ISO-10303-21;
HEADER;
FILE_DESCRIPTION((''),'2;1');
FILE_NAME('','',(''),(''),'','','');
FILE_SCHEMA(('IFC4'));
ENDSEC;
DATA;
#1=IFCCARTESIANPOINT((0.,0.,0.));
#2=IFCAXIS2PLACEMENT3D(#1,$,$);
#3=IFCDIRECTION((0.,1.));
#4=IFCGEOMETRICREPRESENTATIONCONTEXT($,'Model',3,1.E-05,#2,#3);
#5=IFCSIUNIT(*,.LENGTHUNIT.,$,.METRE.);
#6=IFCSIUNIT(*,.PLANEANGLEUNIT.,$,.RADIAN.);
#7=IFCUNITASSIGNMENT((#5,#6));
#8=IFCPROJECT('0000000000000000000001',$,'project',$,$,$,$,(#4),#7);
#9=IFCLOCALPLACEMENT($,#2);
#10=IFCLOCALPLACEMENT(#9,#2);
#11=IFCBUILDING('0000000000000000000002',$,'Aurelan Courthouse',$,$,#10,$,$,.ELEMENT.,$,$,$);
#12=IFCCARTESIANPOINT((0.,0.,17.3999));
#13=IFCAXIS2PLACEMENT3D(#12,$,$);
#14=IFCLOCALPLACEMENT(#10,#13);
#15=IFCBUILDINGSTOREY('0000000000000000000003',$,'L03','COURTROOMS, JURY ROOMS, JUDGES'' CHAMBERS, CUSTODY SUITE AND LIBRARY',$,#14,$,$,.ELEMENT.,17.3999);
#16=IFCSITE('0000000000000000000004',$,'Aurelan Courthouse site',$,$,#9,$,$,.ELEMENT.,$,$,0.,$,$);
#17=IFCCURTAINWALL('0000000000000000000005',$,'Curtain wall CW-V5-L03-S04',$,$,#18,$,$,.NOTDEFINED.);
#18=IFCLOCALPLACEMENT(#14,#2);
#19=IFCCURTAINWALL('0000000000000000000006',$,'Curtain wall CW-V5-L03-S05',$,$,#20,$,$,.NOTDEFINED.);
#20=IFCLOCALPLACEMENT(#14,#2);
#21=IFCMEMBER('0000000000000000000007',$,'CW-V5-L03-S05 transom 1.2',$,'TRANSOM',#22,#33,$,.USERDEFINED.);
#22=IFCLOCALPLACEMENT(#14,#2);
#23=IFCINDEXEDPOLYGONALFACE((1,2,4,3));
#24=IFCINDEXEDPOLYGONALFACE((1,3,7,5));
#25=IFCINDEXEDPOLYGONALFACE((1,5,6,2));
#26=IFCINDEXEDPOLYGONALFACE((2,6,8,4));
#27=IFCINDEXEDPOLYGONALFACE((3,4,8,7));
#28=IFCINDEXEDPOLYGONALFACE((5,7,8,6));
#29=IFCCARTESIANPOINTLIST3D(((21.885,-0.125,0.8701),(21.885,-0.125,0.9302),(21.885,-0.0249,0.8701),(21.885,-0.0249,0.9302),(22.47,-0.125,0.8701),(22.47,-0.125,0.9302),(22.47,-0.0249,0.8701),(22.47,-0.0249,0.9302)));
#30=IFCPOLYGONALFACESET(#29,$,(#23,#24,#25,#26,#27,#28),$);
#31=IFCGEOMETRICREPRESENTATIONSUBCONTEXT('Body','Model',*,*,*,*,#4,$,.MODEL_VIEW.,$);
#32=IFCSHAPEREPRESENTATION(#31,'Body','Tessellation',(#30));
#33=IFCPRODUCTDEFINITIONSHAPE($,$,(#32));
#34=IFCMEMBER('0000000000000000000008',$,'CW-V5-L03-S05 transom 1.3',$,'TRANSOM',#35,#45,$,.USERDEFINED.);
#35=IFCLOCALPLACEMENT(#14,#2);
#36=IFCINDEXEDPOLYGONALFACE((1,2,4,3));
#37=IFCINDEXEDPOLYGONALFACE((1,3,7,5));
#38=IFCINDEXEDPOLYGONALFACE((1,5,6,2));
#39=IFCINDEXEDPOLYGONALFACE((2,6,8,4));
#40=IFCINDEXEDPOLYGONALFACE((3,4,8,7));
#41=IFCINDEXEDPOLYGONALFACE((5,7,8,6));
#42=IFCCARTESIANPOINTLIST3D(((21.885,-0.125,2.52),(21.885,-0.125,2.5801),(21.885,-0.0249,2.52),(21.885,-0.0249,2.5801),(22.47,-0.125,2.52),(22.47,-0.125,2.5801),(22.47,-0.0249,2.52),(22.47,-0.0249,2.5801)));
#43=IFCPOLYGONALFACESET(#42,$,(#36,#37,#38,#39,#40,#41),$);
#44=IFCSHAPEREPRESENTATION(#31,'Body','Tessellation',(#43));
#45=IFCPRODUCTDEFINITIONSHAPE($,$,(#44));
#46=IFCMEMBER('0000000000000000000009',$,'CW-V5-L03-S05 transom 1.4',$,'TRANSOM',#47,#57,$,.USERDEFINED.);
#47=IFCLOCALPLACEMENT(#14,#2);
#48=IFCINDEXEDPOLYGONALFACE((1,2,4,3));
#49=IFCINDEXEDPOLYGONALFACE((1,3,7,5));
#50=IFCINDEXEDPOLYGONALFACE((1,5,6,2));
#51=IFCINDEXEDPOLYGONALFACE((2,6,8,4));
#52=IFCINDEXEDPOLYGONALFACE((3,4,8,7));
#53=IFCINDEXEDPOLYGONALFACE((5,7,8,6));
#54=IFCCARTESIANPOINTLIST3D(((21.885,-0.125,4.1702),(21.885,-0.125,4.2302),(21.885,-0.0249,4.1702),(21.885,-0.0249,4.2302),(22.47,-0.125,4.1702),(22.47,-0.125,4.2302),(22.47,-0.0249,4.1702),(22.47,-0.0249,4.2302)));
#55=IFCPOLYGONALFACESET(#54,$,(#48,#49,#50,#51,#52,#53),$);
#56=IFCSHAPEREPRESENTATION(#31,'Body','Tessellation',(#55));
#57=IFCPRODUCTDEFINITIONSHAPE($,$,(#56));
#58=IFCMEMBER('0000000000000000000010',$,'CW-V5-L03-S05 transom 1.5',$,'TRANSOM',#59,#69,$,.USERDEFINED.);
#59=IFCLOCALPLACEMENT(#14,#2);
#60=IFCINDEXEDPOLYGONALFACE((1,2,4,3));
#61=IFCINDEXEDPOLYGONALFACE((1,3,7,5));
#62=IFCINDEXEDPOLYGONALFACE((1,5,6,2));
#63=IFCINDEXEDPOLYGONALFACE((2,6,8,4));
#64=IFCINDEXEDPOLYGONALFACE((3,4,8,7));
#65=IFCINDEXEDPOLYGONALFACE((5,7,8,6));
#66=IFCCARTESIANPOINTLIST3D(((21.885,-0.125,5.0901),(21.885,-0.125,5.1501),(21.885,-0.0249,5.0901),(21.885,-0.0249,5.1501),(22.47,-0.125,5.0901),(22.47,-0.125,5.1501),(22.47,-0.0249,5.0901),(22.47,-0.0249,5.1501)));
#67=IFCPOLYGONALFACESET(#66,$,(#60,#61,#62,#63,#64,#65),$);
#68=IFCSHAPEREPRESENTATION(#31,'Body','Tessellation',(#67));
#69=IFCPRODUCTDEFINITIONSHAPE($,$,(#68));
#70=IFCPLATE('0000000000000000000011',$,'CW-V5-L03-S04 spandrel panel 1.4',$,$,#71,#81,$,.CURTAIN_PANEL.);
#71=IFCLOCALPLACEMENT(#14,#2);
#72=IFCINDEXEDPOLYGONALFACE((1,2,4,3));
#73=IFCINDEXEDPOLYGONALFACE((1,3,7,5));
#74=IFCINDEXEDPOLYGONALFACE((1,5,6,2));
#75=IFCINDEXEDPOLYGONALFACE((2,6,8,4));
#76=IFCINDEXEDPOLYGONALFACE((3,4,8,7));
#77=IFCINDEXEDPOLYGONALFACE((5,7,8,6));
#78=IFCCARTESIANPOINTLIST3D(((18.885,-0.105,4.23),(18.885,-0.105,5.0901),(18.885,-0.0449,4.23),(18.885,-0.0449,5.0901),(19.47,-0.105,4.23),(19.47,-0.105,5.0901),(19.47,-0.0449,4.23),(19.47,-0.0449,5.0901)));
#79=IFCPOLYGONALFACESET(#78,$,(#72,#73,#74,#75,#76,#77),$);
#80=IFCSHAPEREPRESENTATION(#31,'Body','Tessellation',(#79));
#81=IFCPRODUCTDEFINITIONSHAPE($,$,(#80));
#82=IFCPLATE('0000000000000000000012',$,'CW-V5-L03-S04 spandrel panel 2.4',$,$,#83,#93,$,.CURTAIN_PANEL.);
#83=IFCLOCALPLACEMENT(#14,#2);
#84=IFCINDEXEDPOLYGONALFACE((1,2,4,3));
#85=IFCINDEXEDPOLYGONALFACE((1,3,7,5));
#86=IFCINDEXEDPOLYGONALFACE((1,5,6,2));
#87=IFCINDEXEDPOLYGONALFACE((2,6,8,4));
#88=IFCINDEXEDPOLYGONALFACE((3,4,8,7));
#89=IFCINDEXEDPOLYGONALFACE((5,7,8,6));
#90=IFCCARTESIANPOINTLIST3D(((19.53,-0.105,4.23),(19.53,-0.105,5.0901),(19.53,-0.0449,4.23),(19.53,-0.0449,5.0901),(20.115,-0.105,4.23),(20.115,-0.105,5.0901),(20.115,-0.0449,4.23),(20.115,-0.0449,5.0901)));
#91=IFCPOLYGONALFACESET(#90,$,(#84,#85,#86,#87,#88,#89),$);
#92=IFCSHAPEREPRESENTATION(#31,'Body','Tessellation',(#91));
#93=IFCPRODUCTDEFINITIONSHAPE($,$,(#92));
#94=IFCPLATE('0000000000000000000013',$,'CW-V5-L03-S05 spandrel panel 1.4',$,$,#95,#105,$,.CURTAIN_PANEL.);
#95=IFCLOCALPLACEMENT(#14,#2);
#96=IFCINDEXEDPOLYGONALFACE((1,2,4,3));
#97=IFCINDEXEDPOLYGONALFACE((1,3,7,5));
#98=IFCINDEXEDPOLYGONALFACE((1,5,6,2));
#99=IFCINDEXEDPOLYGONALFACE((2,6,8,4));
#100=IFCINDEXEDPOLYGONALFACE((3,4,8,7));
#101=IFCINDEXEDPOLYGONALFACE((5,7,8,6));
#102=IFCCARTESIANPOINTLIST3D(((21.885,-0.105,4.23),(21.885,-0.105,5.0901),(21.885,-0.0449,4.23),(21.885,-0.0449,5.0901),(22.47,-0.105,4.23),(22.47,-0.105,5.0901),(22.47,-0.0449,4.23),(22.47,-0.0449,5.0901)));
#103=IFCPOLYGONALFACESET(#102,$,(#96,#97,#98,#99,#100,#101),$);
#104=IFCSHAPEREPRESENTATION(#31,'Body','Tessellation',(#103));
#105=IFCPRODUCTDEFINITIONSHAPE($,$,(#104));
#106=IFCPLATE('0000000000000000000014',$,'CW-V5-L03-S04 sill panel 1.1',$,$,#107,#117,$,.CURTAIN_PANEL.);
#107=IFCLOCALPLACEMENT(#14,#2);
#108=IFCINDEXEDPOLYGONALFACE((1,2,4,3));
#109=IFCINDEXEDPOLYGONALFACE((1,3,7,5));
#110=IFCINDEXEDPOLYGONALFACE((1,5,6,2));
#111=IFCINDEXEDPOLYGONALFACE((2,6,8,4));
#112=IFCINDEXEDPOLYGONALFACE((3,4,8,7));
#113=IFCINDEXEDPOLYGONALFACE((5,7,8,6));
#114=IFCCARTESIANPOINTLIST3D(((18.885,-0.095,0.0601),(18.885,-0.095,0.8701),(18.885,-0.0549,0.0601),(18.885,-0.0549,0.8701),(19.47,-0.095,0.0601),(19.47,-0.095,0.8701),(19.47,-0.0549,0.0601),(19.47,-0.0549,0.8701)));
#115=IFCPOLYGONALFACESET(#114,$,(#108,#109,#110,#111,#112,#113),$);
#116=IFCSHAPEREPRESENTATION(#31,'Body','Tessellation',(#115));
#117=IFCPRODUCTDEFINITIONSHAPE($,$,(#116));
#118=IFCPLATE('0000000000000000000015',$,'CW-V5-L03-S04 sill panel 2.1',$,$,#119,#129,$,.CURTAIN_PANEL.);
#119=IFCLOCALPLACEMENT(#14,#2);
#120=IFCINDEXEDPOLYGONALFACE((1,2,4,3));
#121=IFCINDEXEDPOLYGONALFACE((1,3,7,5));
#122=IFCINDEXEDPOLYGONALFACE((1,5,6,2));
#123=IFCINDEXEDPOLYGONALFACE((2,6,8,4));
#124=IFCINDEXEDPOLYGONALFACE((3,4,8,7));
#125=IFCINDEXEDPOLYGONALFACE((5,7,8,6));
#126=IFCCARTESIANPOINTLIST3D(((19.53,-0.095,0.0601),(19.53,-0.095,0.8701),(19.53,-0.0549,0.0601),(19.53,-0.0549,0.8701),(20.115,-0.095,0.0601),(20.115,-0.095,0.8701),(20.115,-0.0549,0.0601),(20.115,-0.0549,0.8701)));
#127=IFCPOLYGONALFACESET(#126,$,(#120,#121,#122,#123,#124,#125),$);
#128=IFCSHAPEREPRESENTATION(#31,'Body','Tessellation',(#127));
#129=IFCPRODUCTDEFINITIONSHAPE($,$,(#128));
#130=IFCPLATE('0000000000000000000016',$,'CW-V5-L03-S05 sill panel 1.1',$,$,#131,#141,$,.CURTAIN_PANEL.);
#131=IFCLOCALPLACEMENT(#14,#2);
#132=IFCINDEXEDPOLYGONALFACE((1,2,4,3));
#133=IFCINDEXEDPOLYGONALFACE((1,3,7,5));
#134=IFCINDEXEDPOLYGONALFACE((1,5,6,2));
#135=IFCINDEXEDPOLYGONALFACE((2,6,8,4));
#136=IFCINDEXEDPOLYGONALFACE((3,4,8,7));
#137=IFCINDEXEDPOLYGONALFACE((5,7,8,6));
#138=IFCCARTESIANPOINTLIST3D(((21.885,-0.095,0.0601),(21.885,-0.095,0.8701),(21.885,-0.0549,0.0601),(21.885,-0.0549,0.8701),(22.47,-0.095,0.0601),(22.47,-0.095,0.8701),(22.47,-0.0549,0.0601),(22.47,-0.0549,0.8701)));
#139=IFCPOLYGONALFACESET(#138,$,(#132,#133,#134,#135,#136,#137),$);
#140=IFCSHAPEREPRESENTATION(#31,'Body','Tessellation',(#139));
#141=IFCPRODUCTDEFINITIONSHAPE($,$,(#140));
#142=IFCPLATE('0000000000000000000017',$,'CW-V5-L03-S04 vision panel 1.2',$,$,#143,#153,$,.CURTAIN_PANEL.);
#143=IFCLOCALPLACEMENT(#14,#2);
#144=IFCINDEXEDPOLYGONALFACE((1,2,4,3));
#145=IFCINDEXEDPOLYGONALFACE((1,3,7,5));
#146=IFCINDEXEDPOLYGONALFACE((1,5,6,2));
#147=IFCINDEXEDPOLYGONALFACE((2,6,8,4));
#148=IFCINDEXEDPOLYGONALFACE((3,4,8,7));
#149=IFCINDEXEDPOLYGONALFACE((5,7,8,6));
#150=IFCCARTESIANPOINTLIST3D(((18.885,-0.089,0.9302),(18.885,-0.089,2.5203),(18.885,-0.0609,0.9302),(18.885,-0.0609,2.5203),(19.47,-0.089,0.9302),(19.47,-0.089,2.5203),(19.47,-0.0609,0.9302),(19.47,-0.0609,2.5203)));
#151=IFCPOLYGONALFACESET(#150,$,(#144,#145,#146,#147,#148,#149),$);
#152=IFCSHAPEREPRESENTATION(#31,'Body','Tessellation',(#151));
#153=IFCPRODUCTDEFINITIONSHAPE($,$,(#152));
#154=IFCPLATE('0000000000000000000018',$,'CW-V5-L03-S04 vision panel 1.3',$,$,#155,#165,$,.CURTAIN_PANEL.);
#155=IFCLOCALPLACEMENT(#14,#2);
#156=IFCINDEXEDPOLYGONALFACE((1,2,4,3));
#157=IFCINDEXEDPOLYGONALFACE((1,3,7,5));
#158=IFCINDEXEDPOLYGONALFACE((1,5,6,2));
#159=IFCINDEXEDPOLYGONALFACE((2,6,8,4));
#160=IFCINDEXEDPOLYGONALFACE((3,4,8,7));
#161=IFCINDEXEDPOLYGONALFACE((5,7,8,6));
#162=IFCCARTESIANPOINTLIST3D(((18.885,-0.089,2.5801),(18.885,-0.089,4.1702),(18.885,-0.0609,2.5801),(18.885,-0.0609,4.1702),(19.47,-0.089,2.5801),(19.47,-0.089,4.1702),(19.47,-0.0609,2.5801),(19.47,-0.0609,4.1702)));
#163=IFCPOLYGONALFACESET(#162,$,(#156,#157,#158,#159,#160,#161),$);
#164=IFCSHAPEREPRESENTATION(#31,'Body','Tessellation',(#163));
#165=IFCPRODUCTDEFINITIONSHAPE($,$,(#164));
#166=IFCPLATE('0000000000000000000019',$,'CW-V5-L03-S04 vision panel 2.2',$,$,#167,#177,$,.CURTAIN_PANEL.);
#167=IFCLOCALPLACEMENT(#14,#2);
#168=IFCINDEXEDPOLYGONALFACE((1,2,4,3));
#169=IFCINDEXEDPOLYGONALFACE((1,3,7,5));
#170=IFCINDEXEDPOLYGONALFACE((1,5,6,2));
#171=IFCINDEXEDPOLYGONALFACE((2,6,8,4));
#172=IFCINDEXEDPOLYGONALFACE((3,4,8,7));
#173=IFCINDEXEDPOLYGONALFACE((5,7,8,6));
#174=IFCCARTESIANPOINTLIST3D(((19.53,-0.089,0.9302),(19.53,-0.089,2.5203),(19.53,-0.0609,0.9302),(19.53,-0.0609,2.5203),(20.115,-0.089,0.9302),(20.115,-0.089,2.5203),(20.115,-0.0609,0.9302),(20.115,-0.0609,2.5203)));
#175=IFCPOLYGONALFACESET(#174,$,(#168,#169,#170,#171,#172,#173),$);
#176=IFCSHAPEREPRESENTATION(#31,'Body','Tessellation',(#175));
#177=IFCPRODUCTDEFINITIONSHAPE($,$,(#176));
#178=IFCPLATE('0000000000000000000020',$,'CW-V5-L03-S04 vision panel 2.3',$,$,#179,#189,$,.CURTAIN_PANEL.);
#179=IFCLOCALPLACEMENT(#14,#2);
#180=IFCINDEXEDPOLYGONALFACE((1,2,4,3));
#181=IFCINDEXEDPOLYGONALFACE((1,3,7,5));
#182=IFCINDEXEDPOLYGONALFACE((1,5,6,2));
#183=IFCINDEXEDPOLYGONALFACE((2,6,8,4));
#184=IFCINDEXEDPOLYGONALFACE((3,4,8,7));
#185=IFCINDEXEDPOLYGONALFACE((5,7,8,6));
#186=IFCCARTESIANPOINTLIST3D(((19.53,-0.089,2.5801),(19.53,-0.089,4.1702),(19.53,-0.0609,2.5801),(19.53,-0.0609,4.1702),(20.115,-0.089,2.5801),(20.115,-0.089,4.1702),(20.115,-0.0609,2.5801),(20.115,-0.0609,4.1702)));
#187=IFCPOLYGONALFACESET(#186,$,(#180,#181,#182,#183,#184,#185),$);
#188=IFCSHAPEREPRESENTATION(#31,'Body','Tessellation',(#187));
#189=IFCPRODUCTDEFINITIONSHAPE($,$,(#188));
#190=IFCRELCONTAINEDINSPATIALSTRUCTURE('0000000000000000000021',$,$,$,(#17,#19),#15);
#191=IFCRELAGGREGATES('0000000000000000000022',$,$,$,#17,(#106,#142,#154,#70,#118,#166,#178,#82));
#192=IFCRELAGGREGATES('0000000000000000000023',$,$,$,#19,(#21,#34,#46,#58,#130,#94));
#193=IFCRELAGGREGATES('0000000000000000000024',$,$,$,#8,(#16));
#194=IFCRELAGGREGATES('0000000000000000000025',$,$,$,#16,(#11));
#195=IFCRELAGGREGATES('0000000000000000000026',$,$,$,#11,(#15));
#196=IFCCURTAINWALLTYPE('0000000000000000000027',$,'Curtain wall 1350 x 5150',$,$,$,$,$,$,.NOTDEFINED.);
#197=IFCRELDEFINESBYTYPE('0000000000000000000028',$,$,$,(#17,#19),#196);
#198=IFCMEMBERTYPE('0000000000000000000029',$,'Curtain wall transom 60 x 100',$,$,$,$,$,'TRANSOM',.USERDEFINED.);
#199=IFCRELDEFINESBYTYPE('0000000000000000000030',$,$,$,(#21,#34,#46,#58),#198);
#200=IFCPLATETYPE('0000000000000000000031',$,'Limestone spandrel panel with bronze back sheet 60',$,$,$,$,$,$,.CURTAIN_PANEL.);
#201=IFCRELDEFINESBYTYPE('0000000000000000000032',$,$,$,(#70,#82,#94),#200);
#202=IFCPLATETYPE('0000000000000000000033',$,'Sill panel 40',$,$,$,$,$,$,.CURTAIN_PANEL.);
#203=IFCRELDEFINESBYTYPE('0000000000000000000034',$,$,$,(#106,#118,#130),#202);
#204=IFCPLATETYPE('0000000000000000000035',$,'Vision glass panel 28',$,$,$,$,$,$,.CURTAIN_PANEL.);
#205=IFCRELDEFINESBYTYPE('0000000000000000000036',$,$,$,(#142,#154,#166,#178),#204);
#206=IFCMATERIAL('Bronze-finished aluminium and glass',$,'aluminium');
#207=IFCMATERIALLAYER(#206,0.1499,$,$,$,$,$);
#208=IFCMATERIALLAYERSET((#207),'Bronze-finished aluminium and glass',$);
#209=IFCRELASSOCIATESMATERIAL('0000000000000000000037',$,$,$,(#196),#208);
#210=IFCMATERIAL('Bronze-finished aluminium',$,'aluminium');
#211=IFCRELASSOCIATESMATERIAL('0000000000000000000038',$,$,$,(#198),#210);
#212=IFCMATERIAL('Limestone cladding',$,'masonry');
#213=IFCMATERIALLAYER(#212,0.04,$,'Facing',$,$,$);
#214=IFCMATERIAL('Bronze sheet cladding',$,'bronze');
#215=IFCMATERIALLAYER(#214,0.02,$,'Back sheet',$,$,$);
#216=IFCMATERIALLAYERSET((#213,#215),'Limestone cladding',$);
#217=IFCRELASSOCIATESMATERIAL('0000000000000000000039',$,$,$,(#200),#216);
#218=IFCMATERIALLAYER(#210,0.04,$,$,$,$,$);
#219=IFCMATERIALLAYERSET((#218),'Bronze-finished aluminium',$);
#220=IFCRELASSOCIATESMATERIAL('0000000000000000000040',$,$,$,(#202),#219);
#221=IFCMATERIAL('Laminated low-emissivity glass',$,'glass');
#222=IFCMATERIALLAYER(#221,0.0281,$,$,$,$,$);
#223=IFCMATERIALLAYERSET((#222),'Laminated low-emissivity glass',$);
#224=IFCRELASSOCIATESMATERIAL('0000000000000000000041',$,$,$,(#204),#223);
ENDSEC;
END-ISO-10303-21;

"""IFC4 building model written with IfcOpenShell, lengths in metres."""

from ifc_helpers import new_model, si_unit, direction, frame, origin, origin_2d, place, context, subcontext, project, spatial, rectangle, extrude, material, layer, layer_set, material_profile, profile_set, type_object, element, aggregate, save


model = new_model("IFC4")

# Units and contexts
model_context = context("Model", 3, precision=1e-05, world=origin(), true_north=direction((0.0, 1.0)))
body_context = subcontext(model_context, "Body", "Model", "MODEL_VIEW")
ifc_project = project(units=[si_unit("LENGTHUNIT", "METRE"), si_unit("PLANEANGLEUNIT", "RADIAN")], contexts=[model_context])

# Site, building, storey
site_placement = place(None, origin())
site = spatial("IfcSite", under=ifc_project, at=site_placement, Name="Aurelan Courthouse site", CompositionType="ELEMENT", RefElevation=0.0)
building_placement = place(site_placement, origin())
building = spatial("IfcBuilding", under=site, at=building_placement, Name="Aurelan Courthouse", CompositionType="ELEMENT")
storey_placement = place(building_placement, frame((0.0, 0.0, 17.3999)))
storey = spatial("IfcBuildingStorey", under=building, at=storey_placement, Name="L03", Description="COURTROOMS, JURY ROOMS, JUDGES' CHAMBERS, CUSTODY SUITE AND LIBRARY", CompositionType="ELEMENT", Elevation=17.3999)

# Curtain walls
ifc_material_1 = material(Name="Bronze-finished aluminium and glass", Category="aluminium")
ifc_layer_1 = layer(ifc_material_1, 0.1499)
ifc_layer_set_1 = layer_set([ifc_layer_1], Name="Bronze-finished aluminium and glass")
curtain_wall_type = type_object("IfcCurtainWallType", Name="Curtain wall 1350 x 5150", PredefinedType="NOTDEFINED", material=ifc_layer_set_1)
curtain_wall_1_placement = place(storey_placement, origin())
curtain_wall_1 = element("IfcCurtainWall", 1, at=curtain_wall_1_placement, inside=storey, type_object=curtain_wall_type, Name="Curtain wall CW-V5-L03-S04", PredefinedType="NOTDEFINED")
ifc_material_2 = material(Name="Bronze-finished aluminium", Category="aluminium")
curtain_wall_2_placement = place(storey_placement, origin())
curtain_wall_2 = element("IfcCurtainWall", 2, at=curtain_wall_2_placement, inside=storey, type_object=curtain_wall_type, Name="Curtain wall CW-V5-L03-S05", PredefinedType="NOTDEFINED")

# Members
ifc_material_profile_1 = material_profile(ifc_material_2, rectangle(XDim=0.1001, YDim=0.0601, at=origin_2d()), Name="Bronze transom 60 x 100")
ifc_profile_set_1 = profile_set([ifc_material_profile_1], Name="Bronze-finished aluminium")
member_type_1 = type_object("IfcMemberType", Name="Curtain wall transom 60 x 100", ElementType="TRANSOM", PredefinedType="USERDEFINED", material=ifc_profile_set_1)
member_1_placement = place(storey_placement, frame((21.885, -0.075, 0.9001), z_axis=(1.0, 0.0, 0.0), x_axis=(0.0, 1.0, 0.0)))
member_1 = element("IfcMember", 3, at=member_1_placement, type_object=member_type_1, Name="CW-V5-L03-S05 transom 1.2", ObjectType="TRANSOM", PredefinedType="USERDEFINED", context=body_context, shape_type="SweptSolid", body=[
    extrude(rectangle(XDim=0.1001, YDim=0.0601, at=origin_2d()), origin(), (0.0, 0.0, 1.0), 0.585),
])
member_2_placement = place(storey_placement, frame((21.885, -0.075, 2.55), z_axis=(1.0, 0.0, 0.0), x_axis=(0.0, 1.0, 0.0)))
member_2 = element("IfcMember", 4, at=member_2_placement, type_object=member_type_1, Name="CW-V5-L03-S05 transom 1.3", ObjectType="TRANSOM", PredefinedType="USERDEFINED", context=body_context, shape_type="SweptSolid", body=[
    extrude(rectangle(XDim=0.1001, YDim=0.0601, at=origin_2d()), origin(), (0.0, 0.0, 1.0), 0.585),
])
member_3_placement = place(storey_placement, frame((21.885, -0.075, 4.2002), z_axis=(1.0, 0.0, 0.0), x_axis=(0.0, 1.0, 0.0)))
member_3 = element("IfcMember", 5, at=member_3_placement, type_object=member_type_1, Name="CW-V5-L03-S05 transom 1.4", ObjectType="TRANSOM", PredefinedType="USERDEFINED", context=body_context, shape_type="SweptSolid", body=[
    extrude(rectangle(XDim=0.1001, YDim=0.0601, at=origin_2d()), origin(), (0.0, 0.0, 1.0), 0.585),
])
member_4_placement = place(storey_placement, frame((21.885, -0.075, 5.1201), z_axis=(1.0, 0.0, 0.0), x_axis=(0.0, 1.0, 0.0)))
member_4 = element("IfcMember", 6, at=member_4_placement, type_object=member_type_1, Name="CW-V5-L03-S05 transom 1.5", ObjectType="TRANSOM", PredefinedType="USERDEFINED", context=body_context, shape_type="SweptSolid", body=[
    extrude(rectangle(XDim=0.1001, YDim=0.0601, at=origin_2d()), origin(), (0.0, 0.0, 1.0), 0.585),
])

# Plates
ifc_material_3 = material(Name="Limestone cladding", Category="masonry")
ifc_layer_2 = layer(ifc_material_3, 0.04, Name="Facing")
ifc_material_4 = material(Name="Bronze sheet cladding", Category="bronze")
ifc_layer_3 = layer(ifc_material_4, 0.02, Name="Back sheet")
ifc_layer_set_2 = layer_set([ifc_layer_2, ifc_layer_3], Name="Limestone cladding")
plate_type_1 = type_object("IfcPlateType", Name="Limestone spandrel panel with bronze back sheet 60", PredefinedType="CURTAIN_PANEL", material=ifc_layer_set_2)
plate_1_placement = place(storey_placement, frame((19.1775, -0.075, 4.23), z_axis=(0.0, 0.0, 1.0), x_axis=(1.0, 0.0, 0.0)))
plate_1 = element("IfcPlate", 7, at=plate_1_placement, type_object=plate_type_1, Name="CW-V5-L03-S04 spandrel panel 1.4", PredefinedType="CURTAIN_PANEL", context=body_context, shape_type="SweptSolid", body=[
    extrude(rectangle(XDim=0.585, YDim=0.0601, at=origin_2d()), origin(), (0.0, 0.0, 1.0), 0.8601),
])
plate_2_placement = place(storey_placement, frame((19.8225, -0.075, 4.23), z_axis=(0.0, 0.0, 1.0), x_axis=(1.0, 0.0, 0.0)))
plate_2 = element("IfcPlate", 8, at=plate_2_placement, type_object=plate_type_1, Name="CW-V5-L03-S04 spandrel panel 2.4", PredefinedType="CURTAIN_PANEL", context=body_context, shape_type="SweptSolid", body=[
    extrude(rectangle(XDim=0.585, YDim=0.0601, at=origin_2d()), origin(), (0.0, 0.0, 1.0), 0.8601),
])
plate_3_placement = place(storey_placement, frame((22.1775, -0.075, 4.23), z_axis=(0.0, 0.0, 1.0), x_axis=(1.0, 0.0, 0.0)))
plate_3 = element("IfcPlate", 9, at=plate_3_placement, type_object=plate_type_1, Name="CW-V5-L03-S05 spandrel panel 1.4", PredefinedType="CURTAIN_PANEL", context=body_context, shape_type="SweptSolid", body=[
    extrude(rectangle(XDim=0.585, YDim=0.0601, at=origin_2d()), origin(), (0.0, 0.0, 1.0), 0.8601),
])
ifc_layer_4 = layer(ifc_material_2, 0.04)
ifc_layer_set_3 = layer_set([ifc_layer_4], Name="Bronze-finished aluminium")
plate_type_2 = type_object("IfcPlateType", Name="Sill panel 40", PredefinedType="CURTAIN_PANEL", material=ifc_layer_set_3)
plate_4_placement = place(storey_placement, frame((19.1775, -0.075, 0.0601), z_axis=(0.0, 0.0, 1.0), x_axis=(1.0, 0.0, 0.0)))
plate_4 = element("IfcPlate", 10, at=plate_4_placement, type_object=plate_type_2, Name="CW-V5-L03-S04 sill panel 1.1", PredefinedType="CURTAIN_PANEL", context=body_context, shape_type="SweptSolid", body=[
    extrude(rectangle(XDim=0.585, YDim=0.04, at=origin_2d()), origin(), (0.0, 0.0, 1.0), 0.8101),
])
plate_5_placement = place(storey_placement, frame((19.8225, -0.075, 0.0601), z_axis=(0.0, 0.0, 1.0), x_axis=(1.0, 0.0, 0.0)))
plate_5 = element("IfcPlate", 11, at=plate_5_placement, type_object=plate_type_2, Name="CW-V5-L03-S04 sill panel 2.1", PredefinedType="CURTAIN_PANEL", context=body_context, shape_type="SweptSolid", body=[
    extrude(rectangle(XDim=0.585, YDim=0.04, at=origin_2d()), origin(), (0.0, 0.0, 1.0), 0.8101),
])
plate_6_placement = place(storey_placement, frame((22.1775, -0.075, 0.0601), z_axis=(0.0, 0.0, 1.0), x_axis=(1.0, 0.0, 0.0)))
plate_6 = element("IfcPlate", 12, at=plate_6_placement, type_object=plate_type_2, Name="CW-V5-L03-S05 sill panel 1.1", PredefinedType="CURTAIN_PANEL", context=body_context, shape_type="SweptSolid", body=[
    extrude(rectangle(XDim=0.585, YDim=0.04, at=origin_2d()), origin(), (0.0, 0.0, 1.0), 0.8101),
])
ifc_material_5 = material(Name="Laminated low-emissivity glass", Category="glass")
ifc_layer_5 = layer(ifc_material_5, 0.0281)
ifc_layer_set_4 = layer_set([ifc_layer_5], Name="Laminated low-emissivity glass")
plate_type_3 = type_object("IfcPlateType", Name="Vision glass panel 28", PredefinedType="CURTAIN_PANEL", material=ifc_layer_set_4)
plate_7_placement = place(storey_placement, frame((19.1775, -0.075, 0.9302), z_axis=(0.0, 0.0, 1.0), x_axis=(1.0, 0.0, 0.0)))
plate_7 = element("IfcPlate", 13, at=plate_7_placement, type_object=plate_type_3, Name="CW-V5-L03-S04 vision panel 1.2", PredefinedType="CURTAIN_PANEL", context=body_context, shape_type="SweptSolid", body=[
    extrude(rectangle(XDim=0.585, YDim=0.0281, at=origin_2d()), origin(), (0.0, 0.0, 1.0), 1.5901),
])
plate_8_placement = place(storey_placement, frame((19.1775, -0.075, 2.5801), z_axis=(0.0, 0.0, 1.0), x_axis=(1.0, 0.0, 0.0)))
plate_8 = element("IfcPlate", 14, at=plate_8_placement, type_object=plate_type_3, Name="CW-V5-L03-S04 vision panel 1.3", PredefinedType="CURTAIN_PANEL", context=body_context, shape_type="SweptSolid", body=[
    extrude(rectangle(XDim=0.585, YDim=0.0281, at=origin_2d()), origin(), (0.0, 0.0, 1.0), 1.5901),
])
plate_9_placement = place(storey_placement, frame((19.8225, -0.075, 0.9302), z_axis=(0.0, 0.0, 1.0), x_axis=(1.0, 0.0, 0.0)))
plate_9 = element("IfcPlate", 15, at=plate_9_placement, type_object=plate_type_3, Name="CW-V5-L03-S04 vision panel 2.2", PredefinedType="CURTAIN_PANEL", context=body_context, shape_type="SweptSolid", body=[
    extrude(rectangle(XDim=0.585, YDim=0.0281, at=origin_2d()), origin(), (0.0, 0.0, 1.0), 1.5901),
])
plate_10_placement = place(storey_placement, frame((19.8225, -0.075, 2.5801), z_axis=(0.0, 0.0, 1.0), x_axis=(1.0, 0.0, 0.0)))
plate_10 = element("IfcPlate", 16, at=plate_10_placement, type_object=plate_type_3, Name="CW-V5-L03-S04 vision panel 2.3", PredefinedType="CURTAIN_PANEL", context=body_context, shape_type="SweptSolid", body=[
    extrude(rectangle(XDim=0.585, YDim=0.0281, at=origin_2d()), origin(), (0.0, 0.0, 1.0), 1.5901),
])
aggregate(curtain_wall_1, [plate_4, plate_7, plate_8, plate_1, plate_5, plate_9, plate_10, plate_2])
aggregate(curtain_wall_2, [member_1, member_2, member_3, member_4, plate_6, plate_3])

save(model, "model.ifc")
